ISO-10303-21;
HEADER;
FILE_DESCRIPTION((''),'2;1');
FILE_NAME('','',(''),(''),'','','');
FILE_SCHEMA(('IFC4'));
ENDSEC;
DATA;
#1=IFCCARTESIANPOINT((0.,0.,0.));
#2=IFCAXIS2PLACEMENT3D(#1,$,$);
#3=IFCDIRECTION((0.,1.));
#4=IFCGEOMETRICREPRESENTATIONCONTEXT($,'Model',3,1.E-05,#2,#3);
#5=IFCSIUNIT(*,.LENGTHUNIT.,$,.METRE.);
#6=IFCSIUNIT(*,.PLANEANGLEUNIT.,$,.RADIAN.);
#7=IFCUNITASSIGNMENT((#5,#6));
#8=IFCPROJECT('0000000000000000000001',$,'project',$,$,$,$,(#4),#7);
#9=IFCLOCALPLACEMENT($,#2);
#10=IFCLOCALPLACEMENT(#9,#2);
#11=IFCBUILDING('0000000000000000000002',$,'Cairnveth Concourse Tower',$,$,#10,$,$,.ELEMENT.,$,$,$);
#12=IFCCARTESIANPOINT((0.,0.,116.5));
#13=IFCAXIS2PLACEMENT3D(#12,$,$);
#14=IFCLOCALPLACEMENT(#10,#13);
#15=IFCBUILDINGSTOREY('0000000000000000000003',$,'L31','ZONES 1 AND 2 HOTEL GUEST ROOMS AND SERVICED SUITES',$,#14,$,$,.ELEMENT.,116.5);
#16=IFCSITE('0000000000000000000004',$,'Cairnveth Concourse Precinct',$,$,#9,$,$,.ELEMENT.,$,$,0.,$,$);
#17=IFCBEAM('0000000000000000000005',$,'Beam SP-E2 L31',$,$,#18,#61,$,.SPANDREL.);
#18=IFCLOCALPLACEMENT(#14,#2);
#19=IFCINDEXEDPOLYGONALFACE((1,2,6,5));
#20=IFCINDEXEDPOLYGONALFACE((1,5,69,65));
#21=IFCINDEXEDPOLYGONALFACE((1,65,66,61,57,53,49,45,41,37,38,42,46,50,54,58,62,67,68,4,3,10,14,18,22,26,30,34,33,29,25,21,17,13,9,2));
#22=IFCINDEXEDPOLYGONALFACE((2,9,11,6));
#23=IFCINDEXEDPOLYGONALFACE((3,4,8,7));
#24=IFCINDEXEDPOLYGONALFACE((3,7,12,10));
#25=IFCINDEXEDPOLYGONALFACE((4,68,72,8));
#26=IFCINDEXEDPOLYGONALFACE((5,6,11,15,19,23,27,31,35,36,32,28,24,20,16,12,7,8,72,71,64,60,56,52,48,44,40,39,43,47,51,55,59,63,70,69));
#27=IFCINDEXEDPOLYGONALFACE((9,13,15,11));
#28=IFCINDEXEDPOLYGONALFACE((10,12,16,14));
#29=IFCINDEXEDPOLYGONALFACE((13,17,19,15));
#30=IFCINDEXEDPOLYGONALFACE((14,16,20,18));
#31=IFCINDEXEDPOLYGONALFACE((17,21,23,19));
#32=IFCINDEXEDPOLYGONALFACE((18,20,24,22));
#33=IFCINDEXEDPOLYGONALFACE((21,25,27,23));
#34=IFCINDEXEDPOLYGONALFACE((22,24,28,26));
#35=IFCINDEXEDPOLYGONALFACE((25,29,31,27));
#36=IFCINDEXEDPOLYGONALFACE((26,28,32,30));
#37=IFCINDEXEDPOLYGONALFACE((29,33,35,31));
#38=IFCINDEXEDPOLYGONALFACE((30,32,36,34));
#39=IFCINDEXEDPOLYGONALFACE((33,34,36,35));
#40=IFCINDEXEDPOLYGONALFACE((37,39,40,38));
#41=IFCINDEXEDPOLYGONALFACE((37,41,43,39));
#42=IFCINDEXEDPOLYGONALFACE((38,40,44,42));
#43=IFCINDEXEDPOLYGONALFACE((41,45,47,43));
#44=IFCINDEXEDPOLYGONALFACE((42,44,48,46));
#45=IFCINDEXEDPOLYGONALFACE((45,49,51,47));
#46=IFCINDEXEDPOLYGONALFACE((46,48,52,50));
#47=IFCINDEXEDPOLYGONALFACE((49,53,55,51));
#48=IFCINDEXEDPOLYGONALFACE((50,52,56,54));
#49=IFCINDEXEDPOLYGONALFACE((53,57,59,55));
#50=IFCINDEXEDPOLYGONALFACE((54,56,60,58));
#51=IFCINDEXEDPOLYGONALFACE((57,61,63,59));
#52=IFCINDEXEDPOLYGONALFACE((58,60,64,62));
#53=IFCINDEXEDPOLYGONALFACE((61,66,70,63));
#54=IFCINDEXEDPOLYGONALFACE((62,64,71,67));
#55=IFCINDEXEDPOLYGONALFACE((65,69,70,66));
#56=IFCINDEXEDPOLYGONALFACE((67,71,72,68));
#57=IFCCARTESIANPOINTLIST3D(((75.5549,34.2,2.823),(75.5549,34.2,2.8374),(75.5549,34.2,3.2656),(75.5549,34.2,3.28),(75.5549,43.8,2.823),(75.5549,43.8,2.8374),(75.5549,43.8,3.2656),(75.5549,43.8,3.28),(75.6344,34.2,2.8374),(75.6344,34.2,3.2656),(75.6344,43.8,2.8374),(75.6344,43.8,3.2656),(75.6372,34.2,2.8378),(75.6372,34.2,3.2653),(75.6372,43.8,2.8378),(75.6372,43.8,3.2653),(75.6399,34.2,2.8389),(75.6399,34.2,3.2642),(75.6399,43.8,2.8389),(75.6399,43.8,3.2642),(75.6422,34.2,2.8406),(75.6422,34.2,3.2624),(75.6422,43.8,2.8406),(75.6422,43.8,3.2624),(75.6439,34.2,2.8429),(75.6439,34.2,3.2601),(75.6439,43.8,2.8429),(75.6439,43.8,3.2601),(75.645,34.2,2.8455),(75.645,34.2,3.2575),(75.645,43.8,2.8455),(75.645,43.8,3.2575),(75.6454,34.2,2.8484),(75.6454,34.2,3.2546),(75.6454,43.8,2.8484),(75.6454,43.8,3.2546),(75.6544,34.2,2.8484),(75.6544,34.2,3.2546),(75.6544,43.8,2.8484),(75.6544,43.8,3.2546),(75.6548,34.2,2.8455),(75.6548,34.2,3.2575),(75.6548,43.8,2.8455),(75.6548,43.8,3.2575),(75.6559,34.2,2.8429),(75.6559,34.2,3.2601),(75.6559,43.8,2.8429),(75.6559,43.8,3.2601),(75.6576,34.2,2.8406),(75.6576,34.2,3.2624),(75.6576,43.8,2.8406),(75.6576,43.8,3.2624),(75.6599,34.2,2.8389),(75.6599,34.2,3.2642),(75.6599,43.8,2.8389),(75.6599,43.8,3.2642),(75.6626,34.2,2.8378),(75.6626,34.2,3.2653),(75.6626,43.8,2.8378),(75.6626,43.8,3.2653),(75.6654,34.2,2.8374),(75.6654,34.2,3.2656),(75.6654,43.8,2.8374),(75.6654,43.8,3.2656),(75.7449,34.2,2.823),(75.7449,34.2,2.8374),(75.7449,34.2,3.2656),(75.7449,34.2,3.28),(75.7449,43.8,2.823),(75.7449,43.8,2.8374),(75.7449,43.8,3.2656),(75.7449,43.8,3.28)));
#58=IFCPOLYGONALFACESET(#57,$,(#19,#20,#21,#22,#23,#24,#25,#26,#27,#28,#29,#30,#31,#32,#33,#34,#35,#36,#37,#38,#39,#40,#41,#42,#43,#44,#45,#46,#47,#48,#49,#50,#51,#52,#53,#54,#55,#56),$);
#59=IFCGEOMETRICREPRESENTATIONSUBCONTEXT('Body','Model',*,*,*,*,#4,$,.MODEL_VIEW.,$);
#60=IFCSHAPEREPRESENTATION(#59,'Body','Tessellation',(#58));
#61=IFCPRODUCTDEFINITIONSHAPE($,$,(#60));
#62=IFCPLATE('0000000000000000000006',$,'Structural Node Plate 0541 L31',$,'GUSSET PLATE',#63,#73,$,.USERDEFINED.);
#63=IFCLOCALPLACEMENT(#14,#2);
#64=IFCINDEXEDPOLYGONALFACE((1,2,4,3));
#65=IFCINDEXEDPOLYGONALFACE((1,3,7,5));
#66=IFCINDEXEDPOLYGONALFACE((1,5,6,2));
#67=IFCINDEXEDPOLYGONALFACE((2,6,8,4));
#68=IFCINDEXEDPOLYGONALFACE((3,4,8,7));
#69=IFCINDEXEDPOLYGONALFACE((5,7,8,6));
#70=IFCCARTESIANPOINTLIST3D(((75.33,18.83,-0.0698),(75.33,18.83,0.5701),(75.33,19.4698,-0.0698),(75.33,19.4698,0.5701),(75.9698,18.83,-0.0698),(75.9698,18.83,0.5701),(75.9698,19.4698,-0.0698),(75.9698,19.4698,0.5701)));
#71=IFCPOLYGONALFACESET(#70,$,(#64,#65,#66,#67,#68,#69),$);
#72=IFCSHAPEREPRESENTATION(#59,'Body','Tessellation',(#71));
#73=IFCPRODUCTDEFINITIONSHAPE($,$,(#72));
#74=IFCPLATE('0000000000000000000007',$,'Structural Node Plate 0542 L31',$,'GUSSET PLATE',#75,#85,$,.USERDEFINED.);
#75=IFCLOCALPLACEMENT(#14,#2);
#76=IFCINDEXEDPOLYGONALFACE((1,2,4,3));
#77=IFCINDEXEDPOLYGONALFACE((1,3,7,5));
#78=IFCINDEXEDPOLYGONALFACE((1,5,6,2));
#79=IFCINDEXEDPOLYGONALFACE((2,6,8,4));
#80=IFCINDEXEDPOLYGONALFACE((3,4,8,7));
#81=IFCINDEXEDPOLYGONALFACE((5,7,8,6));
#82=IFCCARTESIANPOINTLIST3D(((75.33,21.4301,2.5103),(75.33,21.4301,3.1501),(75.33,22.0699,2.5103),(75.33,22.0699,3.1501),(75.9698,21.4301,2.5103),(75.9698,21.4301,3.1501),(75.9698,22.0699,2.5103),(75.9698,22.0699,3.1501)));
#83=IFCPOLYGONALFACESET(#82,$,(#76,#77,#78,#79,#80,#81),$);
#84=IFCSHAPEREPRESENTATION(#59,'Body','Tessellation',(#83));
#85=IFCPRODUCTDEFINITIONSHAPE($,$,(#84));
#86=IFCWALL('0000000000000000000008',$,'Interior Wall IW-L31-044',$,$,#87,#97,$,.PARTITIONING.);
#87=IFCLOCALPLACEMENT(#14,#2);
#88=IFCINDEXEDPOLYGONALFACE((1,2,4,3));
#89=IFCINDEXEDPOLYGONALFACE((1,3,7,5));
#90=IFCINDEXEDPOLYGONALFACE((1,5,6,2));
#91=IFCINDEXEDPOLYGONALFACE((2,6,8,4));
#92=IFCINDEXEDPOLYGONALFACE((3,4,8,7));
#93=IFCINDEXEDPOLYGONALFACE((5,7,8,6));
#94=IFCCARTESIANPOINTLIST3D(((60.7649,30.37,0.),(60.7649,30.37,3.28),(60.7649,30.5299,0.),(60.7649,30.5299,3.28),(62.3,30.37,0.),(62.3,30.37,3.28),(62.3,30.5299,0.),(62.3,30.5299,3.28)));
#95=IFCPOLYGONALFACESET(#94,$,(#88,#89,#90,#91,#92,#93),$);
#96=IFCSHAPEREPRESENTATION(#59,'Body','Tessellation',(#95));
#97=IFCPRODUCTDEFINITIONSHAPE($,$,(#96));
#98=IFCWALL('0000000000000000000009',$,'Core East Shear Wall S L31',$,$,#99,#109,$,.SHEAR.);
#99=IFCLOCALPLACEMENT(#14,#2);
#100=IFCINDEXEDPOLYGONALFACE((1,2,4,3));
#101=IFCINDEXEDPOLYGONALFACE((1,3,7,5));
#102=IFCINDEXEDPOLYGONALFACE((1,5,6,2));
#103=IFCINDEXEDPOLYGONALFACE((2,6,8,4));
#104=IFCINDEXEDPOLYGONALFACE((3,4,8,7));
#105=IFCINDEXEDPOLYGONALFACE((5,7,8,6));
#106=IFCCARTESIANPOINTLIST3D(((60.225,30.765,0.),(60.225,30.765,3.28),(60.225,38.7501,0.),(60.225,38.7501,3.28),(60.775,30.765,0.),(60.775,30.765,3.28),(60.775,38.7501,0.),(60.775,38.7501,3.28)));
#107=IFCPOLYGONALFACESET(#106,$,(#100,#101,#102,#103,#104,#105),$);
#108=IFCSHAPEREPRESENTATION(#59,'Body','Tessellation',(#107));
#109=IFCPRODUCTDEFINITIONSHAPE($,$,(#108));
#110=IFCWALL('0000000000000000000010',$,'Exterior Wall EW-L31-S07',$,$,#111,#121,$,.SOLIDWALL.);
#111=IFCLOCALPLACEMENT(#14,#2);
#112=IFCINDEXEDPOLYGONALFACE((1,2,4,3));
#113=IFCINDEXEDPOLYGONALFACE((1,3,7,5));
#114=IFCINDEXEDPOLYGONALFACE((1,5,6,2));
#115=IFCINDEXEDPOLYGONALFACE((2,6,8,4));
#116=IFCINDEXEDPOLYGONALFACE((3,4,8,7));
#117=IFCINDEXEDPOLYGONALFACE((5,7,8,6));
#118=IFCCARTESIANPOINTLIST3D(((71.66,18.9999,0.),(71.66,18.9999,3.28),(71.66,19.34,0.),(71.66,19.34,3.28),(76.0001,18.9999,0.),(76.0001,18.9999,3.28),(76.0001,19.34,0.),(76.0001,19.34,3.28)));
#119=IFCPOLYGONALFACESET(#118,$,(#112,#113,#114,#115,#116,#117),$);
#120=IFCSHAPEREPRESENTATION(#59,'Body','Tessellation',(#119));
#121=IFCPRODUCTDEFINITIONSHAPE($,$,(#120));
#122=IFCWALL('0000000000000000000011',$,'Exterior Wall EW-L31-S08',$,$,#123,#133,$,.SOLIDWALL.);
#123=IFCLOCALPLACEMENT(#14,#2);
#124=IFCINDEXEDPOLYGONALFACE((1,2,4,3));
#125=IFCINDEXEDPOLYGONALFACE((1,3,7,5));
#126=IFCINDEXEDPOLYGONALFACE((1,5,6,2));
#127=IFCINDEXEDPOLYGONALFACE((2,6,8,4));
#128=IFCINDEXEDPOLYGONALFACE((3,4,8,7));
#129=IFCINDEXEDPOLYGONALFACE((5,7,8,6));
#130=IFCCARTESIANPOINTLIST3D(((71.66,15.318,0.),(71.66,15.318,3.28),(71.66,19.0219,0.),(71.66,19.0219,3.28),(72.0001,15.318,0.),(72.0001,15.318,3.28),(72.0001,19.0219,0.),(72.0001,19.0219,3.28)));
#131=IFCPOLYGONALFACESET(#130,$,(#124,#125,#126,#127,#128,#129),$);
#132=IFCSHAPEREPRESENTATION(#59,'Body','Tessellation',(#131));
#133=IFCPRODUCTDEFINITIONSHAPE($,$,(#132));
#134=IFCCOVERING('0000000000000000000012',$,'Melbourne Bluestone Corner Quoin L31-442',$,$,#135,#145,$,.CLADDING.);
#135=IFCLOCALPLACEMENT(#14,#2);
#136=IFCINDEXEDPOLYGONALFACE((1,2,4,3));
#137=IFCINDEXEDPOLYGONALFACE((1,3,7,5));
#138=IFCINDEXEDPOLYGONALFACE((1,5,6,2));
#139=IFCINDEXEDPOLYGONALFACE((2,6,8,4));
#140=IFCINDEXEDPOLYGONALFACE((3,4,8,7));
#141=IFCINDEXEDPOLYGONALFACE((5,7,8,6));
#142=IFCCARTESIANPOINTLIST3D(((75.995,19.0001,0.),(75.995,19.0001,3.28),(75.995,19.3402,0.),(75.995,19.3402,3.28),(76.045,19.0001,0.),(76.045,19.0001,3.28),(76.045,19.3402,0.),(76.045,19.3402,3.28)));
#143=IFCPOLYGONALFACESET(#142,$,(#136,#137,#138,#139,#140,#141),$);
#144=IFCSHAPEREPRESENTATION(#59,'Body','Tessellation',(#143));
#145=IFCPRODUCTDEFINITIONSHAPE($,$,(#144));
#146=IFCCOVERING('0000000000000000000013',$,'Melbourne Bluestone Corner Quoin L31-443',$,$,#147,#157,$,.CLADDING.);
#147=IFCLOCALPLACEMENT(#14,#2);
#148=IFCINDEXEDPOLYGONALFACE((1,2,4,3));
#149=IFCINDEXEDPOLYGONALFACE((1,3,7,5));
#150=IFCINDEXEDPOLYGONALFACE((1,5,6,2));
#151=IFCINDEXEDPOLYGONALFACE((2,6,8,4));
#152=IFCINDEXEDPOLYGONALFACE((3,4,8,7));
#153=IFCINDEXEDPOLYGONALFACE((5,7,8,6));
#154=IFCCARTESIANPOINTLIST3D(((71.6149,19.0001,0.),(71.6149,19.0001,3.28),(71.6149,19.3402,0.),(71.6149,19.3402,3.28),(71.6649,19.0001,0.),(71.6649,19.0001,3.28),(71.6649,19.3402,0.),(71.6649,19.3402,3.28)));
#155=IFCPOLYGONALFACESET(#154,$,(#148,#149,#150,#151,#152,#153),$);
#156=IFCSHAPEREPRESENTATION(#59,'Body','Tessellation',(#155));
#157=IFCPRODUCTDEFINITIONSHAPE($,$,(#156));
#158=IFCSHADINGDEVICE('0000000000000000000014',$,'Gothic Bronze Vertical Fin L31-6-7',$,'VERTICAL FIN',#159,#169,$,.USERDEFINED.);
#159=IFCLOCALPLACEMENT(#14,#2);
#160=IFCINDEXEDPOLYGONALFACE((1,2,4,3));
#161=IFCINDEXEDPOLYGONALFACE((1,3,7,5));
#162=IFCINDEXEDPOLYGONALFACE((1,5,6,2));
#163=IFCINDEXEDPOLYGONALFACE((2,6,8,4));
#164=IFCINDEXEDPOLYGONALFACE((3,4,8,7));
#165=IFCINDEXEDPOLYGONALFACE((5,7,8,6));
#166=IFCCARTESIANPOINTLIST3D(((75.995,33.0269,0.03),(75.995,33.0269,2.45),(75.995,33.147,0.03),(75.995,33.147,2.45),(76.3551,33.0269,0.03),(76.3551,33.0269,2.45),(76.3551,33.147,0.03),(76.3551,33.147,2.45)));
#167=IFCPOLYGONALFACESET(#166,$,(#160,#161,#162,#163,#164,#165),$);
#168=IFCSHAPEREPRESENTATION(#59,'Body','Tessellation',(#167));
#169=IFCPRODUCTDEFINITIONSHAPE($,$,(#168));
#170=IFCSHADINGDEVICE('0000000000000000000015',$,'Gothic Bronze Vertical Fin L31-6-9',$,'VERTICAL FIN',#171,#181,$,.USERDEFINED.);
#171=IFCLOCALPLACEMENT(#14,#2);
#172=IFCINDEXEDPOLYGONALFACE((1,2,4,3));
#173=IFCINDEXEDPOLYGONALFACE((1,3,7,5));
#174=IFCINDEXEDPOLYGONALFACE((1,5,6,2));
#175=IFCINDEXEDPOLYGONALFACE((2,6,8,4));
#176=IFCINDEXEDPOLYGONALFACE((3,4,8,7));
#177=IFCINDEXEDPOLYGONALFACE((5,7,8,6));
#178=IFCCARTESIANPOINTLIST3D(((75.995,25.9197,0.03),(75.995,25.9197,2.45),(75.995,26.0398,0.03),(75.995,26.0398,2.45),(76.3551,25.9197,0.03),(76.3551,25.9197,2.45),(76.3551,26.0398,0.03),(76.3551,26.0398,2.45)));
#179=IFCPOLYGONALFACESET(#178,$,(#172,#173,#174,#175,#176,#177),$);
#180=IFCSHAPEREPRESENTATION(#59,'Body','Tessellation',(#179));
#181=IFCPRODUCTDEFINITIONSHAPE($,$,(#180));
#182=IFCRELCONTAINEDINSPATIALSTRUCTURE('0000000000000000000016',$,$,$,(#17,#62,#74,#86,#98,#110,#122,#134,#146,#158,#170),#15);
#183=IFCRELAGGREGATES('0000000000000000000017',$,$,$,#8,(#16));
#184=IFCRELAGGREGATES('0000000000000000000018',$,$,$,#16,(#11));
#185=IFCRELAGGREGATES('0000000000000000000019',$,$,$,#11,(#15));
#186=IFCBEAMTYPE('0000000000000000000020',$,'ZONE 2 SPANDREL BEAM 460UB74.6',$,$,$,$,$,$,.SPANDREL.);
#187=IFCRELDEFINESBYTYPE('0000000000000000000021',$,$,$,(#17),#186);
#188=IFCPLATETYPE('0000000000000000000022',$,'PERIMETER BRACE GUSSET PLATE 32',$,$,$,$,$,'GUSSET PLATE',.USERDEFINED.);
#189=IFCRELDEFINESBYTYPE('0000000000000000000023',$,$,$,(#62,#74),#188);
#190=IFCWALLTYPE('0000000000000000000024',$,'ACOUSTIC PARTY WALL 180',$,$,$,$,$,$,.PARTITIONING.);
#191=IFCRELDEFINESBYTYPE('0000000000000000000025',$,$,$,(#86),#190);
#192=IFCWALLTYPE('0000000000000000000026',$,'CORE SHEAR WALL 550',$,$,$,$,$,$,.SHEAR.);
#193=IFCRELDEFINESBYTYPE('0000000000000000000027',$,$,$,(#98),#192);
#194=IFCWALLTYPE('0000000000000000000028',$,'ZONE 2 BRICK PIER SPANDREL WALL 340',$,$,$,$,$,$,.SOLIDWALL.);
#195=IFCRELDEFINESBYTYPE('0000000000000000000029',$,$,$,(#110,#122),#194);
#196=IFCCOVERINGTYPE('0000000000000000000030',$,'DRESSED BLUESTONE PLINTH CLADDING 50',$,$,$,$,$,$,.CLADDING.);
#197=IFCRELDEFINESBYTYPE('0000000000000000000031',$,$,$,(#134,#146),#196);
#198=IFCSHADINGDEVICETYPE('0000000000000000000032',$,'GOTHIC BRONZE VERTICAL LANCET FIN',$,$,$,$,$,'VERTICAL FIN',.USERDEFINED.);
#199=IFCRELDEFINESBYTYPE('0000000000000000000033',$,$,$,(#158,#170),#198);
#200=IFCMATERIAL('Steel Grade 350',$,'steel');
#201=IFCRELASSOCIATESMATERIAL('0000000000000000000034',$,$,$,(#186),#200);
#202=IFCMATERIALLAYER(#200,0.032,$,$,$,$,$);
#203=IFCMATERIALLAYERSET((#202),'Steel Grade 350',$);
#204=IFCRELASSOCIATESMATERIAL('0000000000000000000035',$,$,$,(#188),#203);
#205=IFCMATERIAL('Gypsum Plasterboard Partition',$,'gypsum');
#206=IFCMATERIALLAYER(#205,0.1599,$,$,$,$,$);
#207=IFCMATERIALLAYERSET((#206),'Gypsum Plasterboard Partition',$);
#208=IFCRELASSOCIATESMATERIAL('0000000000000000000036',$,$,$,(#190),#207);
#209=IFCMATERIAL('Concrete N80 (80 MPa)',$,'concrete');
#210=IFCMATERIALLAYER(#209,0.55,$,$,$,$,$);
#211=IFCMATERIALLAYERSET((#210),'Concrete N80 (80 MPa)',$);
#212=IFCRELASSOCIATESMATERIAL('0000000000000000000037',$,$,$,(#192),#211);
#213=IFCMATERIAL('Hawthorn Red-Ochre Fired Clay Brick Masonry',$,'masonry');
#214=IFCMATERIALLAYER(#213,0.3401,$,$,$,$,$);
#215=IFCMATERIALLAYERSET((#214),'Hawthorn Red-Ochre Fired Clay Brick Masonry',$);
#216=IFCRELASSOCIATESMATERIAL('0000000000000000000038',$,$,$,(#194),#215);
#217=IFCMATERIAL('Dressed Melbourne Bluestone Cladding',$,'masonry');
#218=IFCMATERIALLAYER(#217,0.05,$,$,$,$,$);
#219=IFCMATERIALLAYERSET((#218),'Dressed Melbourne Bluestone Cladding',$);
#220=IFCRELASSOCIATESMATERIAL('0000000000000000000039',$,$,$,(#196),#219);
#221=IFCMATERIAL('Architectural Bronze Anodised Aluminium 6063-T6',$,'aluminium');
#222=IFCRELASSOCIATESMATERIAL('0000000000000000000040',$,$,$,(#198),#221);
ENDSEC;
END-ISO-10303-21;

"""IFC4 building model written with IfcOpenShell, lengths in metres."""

from ifc_helpers import new_model, si_unit, direction, frame, frame_2d, origin, origin_2d, place, context, subcontext, project, spatial, rectangle, i_section, extrude, material, layer, layer_set, material_profile, profile_set, type_object, element, save


model = new_model("IFC4")

# Units and contexts
model_context = context("Model", 3, precision=1e-05, world=origin(), true_north=direction((0.0, 1.0)))
body_context = subcontext(model_context, "Body", "Model", "MODEL_VIEW")
ifc_project = project(units=[si_unit("LENGTHUNIT", "METRE"), si_unit("PLANEANGLEUNIT", "RADIAN")], contexts=[model_context])

# Site, building, storey
site_placement = place(None, origin())
site = spatial("IfcSite", under=ifc_project, at=site_placement, Name="Cairnveth Concourse Precinct", CompositionType="ELEMENT", RefElevation=0.0)
building_placement = place(site_placement, origin())
building = spatial("IfcBuilding", under=site, at=building_placement, Name="Cairnveth Concourse Tower", CompositionType="ELEMENT")
storey_placement = place(building_placement, frame((0.0, 0.0, 116.5)))
storey = spatial("IfcBuildingStorey", under=building, at=storey_placement, Name="L31", Description="ZONES 1 AND 2 HOTEL GUEST ROOMS AND SERVICED SUITES", CompositionType="ELEMENT", Elevation=116.5)

# Shared definitions
ifc_material_1 = material(Name="Steel Grade 350", Category="steel")

# Beam
ifc_material_profile_1 = material_profile(ifc_material_1, i_section(OverallWidth=0.1899, OverallDepth=0.457, WebThickness=0.009, FlangeThickness=0.0144, FilletRadius=0.011, at=origin_2d()), Name="460UB74.6")
ifc_profile_set_1 = profile_set([ifc_material_profile_1], Name="Steel Grade 350")
beam_type_1 = type_object("IfcBeamType", Name="ZONE 2 SPANDREL BEAM 460UB74.6", PredefinedType="SPANDREL", material=ifc_profile_set_1)
beam_1_placement = place(storey_placement, frame((75.6499, 34.2, 3.0515), z_axis=(0.0, 1.0, 0.0), x_axis=(-1.0, 0.0, 0.0)))
element("IfcBeam", 1, at=beam_1_placement, inside=storey, type_object=beam_type_1, Name="Beam SP-E2 L31", PredefinedType="SPANDREL", context=body_context, shape_type="SweptSolid", body=[
    extrude(i_section(OverallWidth=0.1899, OverallDepth=0.457, WebThickness=0.009, FlangeThickness=0.0144, FilletRadius=0.011, at=origin_2d()), origin(), (0.0, 0.0, 1.0), 9.6001),
])

# Plates
ifc_layer_1 = layer(ifc_material_1, 0.032)
ifc_layer_set_1 = layer_set([ifc_layer_1], Name="Steel Grade 350")
plate_type = type_object("IfcPlateType", Name="PERIMETER BRACE GUSSET PLATE 32", ElementType="GUSSET PLATE", PredefinedType="USERDEFINED", material=ifc_layer_set_1)
for number, where, z_axis, x_axis, name in (
    (2, (75.6499, 19.1499, -0.0698), (0.0, 0.0, 1.0), (1.0, 0.0, 0.0), "Structural Node Plate 0541 L31"),
    (3, (75.6499, 21.75, 2.5103), (0.0, 0.0, 1.0), (1.0, 0.0, 0.0), "Structural Node Plate 0542 L31"),
):
    element("IfcPlate", number, at=place(storey_placement, frame(where, z_axis=z_axis, x_axis=x_axis)), inside=storey, type_object=plate_type, Name=name, ObjectType="GUSSET PLATE", PredefinedType="USERDEFINED", context=body_context, shape_type="SweptSolid", body=[
        extrude(rectangle(XDim=0.6399, YDim=0.6399, at=origin_2d()), origin(), (0.0, 0.0, 1.0), 0.6399),
    ])

# Walls
ifc_material_2 = material(Name="Gypsum Plasterboard Partition", Category="gypsum")
ifc_layer_2 = layer(ifc_material_2, 0.1599)
ifc_layer_set_2 = layer_set([ifc_layer_2], Name="Gypsum Plasterboard Partition")
wall_type_1 = type_object("IfcWallType", Name="ACOUSTIC PARTY WALL 180", PredefinedType="PARTITIONING", material=ifc_layer_set_2)
wall_1_placement = place(storey_placement, frame((60.7649, 30.45, 0.0), z_axis=(0.0, 0.0, 1.0), x_axis=(1.0, 0.0, 0.0)))
element("IfcWall", 4, at=wall_1_placement, inside=storey, type_object=wall_type_1, Name="Interior Wall IW-L31-044", PredefinedType="PARTITIONING", context=body_context, shape_type="SweptSolid", body=[
    extrude(rectangle(XDim=1.5352, YDim=0.1599, at=frame_2d((0.7676, 0.0))), origin(), (0.0, 0.0, 1.0), 3.28),
])
ifc_material_3 = material(Name="Concrete N80 (80 MPa)", Category="concrete")
ifc_layer_3 = layer(ifc_material_3, 0.55)
ifc_layer_set_3 = layer_set([ifc_layer_3], Name="Concrete N80 (80 MPa)")
wall_type_2 = type_object("IfcWallType", Name="CORE SHEAR WALL 550", PredefinedType="SHEAR", material=ifc_layer_set_3)
wall_2_placement = place(storey_placement, frame((60.5, 30.7649, 0.0), z_axis=(0.0, 0.0, 1.0), x_axis=(0.0, 1.0, 0.0)))
element("IfcWall", 5, at=wall_2_placement, inside=storey, type_object=wall_type_2, Name="Core East Shear Wall S L31", PredefinedType="SHEAR", context=body_context, shape_type="SweptSolid", body=[
    extrude(rectangle(XDim=7.9851, YDim=0.55, at=frame_2d((3.9927, 0.0))), origin(), (0.0, 0.0, 1.0), 3.28),
])
ifc_material_4 = material(Name="Hawthorn Red-Ochre Fired Clay Brick Masonry", Category="masonry")
ifc_layer_4 = layer(ifc_material_4, 0.3401)
ifc_layer_set_4 = layer_set([ifc_layer_4], Name="Hawthorn Red-Ochre Fired Clay Brick Masonry")
wall_type_3 = type_object("IfcWallType", Name="ZONE 2 BRICK PIER SPANDREL WALL 340", PredefinedType="SOLIDWALL", material=ifc_layer_set_4)
wall_3_placement = place(storey_placement, frame((76.0, 19.1699, 0.0), z_axis=(0.0, 0.0, 1.0), x_axis=(-1.0, 0.0, 0.0)))
element("IfcWall", 6, at=wall_3_placement, inside=storey, type_object=wall_type_3, Name="Exterior Wall EW-L31-S07", PredefinedType="SOLIDWALL", context=body_context, shape_type="SweptSolid", body=[
    extrude(rectangle(XDim=4.3401, YDim=0.3401, at=frame_2d((2.1699, 0.0))), origin(), (0.0, 0.0, 1.0), 3.28),
])
wall_4_placement = place(storey_placement, frame((71.8301, 19.022, 0.0), z_axis=(0.0, 0.0, 1.0), x_axis=(0.0, -1.0, 0.0)))
element("IfcWall", 7, at=wall_4_placement, inside=storey, type_object=wall_type_3, Name="Exterior Wall EW-L31-S08", PredefinedType="SOLIDWALL", context=body_context, shape_type="SweptSolid", body=[
    extrude(rectangle(XDim=3.7039, YDim=0.3401, at=frame_2d((1.8521, 0.0))), origin(), (0.0, 0.0, 1.0), 3.28),
])

# Coverings
ifc_material_5 = material(Name="Dressed Melbourne Bluestone Cladding", Category="masonry")
ifc_layer_5 = layer(ifc_material_5, 0.05)
ifc_layer_set_5 = layer_set([ifc_layer_5], Name="Dressed Melbourne Bluestone Cladding")
covering_type = type_object("IfcCoveringType", Name="DRESSED BLUESTONE PLINTH CLADDING 50", PredefinedType="CLADDING", material=ifc_layer_set_5)
for number, where, z_axis, x_axis, name in (
    (8, (76.02, 19.3401, 0.0), (0.0, 0.0, 1.0), (0.0, -1.0, 0.0), "Melbourne Bluestone Corner Quoin L31-442"),
    (9, (71.6399, 19.3401, 0.0), (0.0, 0.0, 1.0), (0.0, -1.0, 0.0), "Melbourne Bluestone Corner Quoin L31-443"),
):
    element("IfcCovering", number, at=place(storey_placement, frame(where, z_axis=z_axis, x_axis=x_axis)), inside=storey, type_object=covering_type, Name=name, PredefinedType="CLADDING", context=body_context, shape_type="SweptSolid", body=[
        extrude(rectangle(XDim=0.3401, YDim=0.05, at=frame_2d((0.1699, 0.0))), origin(), (0.0, 0.0, 1.0), 3.28),
    ])

# Shading devices
ifc_material_6 = material(Name="Architectural Bronze Anodised Aluminium 6063-T6", Category="aluminium")
shading_device_type = type_object("IfcShadingDeviceType", Name="GOTHIC BRONZE VERTICAL LANCET FIN", ElementType="VERTICAL FIN", PredefinedType="USERDEFINED", material=ifc_material_6)
for number, where, z_axis, x_axis, name in (
    (10, (76.175, 33.0869, 0.03), (0.0, 0.0, 1.0), (0.0, 1.0, 0.0), "Gothic Bronze Vertical Fin L31-6-7"),
    (11, (76.175, 25.9797, 0.03), (0.0, 0.0, 1.0), (0.0, 1.0, 0.0), "Gothic Bronze Vertical Fin L31-6-9"),
):
    element("IfcShadingDevice", number, at=place(storey_placement, frame(where, z_axis=z_axis, x_axis=x_axis)), inside=storey, type_object=shading_device_type, Name=name, ObjectType="VERTICAL FIN", PredefinedType="USERDEFINED", context=body_context, shape_type="SweptSolid", body=[
        extrude(rectangle(XDim=0.1201, YDim=0.3601, at=origin_2d()), origin(), (0.0, 0.0, 1.0), 2.4199),
    ])

save(model, "model.ifc")
